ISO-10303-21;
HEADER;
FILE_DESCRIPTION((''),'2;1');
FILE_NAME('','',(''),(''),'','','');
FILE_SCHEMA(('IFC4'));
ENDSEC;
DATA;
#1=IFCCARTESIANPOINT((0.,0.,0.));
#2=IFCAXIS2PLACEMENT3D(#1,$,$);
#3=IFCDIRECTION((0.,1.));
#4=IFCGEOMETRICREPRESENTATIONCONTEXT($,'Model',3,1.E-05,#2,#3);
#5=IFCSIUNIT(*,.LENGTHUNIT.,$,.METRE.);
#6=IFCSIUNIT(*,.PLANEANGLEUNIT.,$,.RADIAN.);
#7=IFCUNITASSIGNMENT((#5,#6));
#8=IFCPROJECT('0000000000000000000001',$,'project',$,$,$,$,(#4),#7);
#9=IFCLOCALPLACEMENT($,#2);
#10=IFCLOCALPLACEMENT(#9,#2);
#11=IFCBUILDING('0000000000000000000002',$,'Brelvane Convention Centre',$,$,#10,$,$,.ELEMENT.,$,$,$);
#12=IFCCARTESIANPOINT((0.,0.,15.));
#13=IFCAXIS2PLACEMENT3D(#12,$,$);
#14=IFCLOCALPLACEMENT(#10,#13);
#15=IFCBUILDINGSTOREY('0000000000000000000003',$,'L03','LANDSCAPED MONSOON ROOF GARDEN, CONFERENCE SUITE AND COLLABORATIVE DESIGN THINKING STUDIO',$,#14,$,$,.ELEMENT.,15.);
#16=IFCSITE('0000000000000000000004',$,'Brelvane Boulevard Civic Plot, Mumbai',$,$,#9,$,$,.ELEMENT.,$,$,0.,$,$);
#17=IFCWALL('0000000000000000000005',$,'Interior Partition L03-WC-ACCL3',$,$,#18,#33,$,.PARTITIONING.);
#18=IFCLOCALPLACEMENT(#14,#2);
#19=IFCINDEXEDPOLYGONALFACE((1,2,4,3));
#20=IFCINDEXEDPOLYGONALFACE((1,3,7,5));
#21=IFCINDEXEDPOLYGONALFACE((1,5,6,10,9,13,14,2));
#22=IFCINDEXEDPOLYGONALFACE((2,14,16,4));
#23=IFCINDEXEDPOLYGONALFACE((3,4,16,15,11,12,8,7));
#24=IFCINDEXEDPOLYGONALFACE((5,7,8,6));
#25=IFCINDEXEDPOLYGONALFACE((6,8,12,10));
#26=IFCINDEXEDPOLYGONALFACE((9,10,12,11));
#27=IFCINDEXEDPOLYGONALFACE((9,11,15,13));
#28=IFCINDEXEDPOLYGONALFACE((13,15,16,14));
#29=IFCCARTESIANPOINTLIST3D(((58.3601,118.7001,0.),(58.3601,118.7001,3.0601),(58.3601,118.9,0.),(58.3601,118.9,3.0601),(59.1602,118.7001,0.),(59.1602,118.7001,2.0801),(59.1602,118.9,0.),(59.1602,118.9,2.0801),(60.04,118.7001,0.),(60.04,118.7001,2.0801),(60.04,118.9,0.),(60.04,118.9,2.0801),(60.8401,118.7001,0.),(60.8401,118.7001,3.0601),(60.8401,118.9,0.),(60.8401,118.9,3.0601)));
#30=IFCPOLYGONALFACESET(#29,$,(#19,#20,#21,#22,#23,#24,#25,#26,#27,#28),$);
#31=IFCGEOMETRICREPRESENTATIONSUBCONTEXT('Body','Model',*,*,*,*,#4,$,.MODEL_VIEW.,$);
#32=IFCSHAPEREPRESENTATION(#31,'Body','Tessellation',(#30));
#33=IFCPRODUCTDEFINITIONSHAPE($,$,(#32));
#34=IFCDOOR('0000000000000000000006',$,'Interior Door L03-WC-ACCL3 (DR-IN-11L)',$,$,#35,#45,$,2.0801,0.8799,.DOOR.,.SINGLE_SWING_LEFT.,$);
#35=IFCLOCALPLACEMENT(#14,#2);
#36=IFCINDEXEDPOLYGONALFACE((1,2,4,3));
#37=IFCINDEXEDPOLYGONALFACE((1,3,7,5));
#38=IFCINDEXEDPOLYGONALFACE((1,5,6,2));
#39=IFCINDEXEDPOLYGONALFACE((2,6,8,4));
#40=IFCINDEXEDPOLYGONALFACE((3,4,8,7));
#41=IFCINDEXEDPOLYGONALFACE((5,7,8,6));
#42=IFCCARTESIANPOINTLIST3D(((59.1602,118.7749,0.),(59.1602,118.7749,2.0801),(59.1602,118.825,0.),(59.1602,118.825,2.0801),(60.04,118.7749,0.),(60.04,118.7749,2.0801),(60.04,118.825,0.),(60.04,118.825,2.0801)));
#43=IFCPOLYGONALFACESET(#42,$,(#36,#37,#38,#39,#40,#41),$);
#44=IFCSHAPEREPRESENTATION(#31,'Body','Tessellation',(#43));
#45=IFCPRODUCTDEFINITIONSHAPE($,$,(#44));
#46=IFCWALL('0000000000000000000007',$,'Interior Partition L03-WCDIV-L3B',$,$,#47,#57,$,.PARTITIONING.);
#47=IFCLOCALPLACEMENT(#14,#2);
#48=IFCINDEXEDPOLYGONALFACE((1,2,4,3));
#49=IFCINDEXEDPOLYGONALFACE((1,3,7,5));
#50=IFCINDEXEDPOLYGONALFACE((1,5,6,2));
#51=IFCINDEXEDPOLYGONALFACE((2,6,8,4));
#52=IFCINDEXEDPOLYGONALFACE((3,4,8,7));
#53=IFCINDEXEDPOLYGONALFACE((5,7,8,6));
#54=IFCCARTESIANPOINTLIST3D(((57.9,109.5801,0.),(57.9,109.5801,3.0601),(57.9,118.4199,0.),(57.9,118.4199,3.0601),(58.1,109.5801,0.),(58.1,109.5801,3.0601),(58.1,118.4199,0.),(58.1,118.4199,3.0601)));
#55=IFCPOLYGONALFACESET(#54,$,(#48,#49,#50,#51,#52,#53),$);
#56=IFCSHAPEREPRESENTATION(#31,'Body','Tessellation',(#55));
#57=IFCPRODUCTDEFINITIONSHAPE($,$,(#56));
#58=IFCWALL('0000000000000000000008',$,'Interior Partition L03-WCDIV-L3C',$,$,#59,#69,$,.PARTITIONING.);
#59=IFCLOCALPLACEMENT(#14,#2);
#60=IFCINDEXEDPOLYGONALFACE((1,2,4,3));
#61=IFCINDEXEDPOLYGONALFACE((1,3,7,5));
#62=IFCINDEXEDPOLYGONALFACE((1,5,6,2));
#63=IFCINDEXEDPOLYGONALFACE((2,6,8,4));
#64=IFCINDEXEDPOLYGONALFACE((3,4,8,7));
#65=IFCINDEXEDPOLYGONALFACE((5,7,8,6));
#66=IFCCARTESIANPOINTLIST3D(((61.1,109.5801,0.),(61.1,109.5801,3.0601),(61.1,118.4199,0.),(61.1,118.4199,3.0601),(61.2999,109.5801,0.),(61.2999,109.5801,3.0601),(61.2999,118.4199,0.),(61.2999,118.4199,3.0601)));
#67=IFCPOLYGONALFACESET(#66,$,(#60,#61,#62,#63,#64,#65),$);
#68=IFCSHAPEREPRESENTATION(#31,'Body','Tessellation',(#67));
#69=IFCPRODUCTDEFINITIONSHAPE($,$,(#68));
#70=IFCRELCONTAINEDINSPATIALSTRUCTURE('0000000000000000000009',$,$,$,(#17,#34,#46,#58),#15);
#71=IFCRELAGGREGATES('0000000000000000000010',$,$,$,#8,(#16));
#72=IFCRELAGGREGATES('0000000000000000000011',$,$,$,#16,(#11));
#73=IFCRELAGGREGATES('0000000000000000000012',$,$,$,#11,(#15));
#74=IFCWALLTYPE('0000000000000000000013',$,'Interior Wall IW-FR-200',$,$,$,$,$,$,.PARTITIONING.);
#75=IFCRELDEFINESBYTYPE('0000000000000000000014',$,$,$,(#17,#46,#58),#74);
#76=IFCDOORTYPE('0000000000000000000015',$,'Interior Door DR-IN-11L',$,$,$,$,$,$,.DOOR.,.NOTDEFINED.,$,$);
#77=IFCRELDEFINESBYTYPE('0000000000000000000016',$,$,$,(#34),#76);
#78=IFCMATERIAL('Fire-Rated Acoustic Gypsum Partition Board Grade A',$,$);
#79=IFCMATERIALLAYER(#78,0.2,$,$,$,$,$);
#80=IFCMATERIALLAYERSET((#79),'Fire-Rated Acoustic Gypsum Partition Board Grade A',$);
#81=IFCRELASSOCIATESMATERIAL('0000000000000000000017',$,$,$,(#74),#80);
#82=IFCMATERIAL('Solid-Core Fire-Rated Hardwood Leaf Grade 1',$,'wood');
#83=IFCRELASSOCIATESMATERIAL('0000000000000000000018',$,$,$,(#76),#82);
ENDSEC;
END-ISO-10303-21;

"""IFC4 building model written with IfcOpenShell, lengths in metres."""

from ifc_helpers import new_model, si_unit, direction, frame, frame_2d, origin, place, context, subcontext, project, spatial, rectangle, extrude, material, layer, layer_set, type_object, element, fill, save


model = new_model("IFC4")

# Units and contexts
model_context = context("Model", 3, precision=1e-05, world=origin(), true_north=direction((0.0, 1.0)))
body_context = subcontext(model_context, "Body", "Model", "MODEL_VIEW")
ifc_project = project(units=[si_unit("LENGTHUNIT", "METRE"), si_unit("PLANEANGLEUNIT", "RADIAN")], contexts=[model_context])

# Site, building, storey
site_placement = place(None, origin())
site = spatial("IfcSite", under=ifc_project, at=site_placement, Name="Brelvane Boulevard Civic Plot, Mumbai", CompositionType="ELEMENT", RefElevation=0.0)
building_placement = place(site_placement, origin())
building = spatial("IfcBuilding", under=site, at=building_placement, Name="Brelvane Convention Centre", CompositionType="ELEMENT")
storey_placement = place(building_placement, frame((0.0, 0.0, 15.0)))
storey = spatial("IfcBuildingStorey", under=building, at=storey_placement, Name="L03", Description="LANDSCAPED MONSOON ROOF GARDEN, CONFERENCE SUITE AND COLLABORATIVE DESIGN THINKING STUDIO", CompositionType="ELEMENT", Elevation=15.0)

# Wall, opening, door
ifc_material_1 = material(Name="Fire-Rated Acoustic Gypsum Partition Board Grade A")
ifc_layer_1 = layer(ifc_material_1, 0.2)
ifc_layer_set_1 = layer_set([ifc_layer_1], Name="Fire-Rated Acoustic Gypsum Partition Board Grade A")
wall_type_1 = type_object("IfcWallType", Name="Interior Wall IW-FR-200", PredefinedType="PARTITIONING", material=ifc_layer_set_1)
wall_1_placement = place(storey_placement, frame((58.3601, 118.8, 0.0), z_axis=(0.0, 0.0, 1.0), x_axis=(1.0, 0.0, 0.0)))
wall_1 = element("IfcWall", 1, at=wall_1_placement, inside=storey, type_object=wall_type_1, Name="Interior Partition L03-WC-ACCL3", PredefinedType="PARTITIONING", context=body_context, shape_type="SweptSolid", body=[
    extrude(rectangle(XDim=2.48, YDim=0.2, at=frame_2d((1.24, 0.0))), origin(), (0.0, 0.0, 1.0), 3.0601),
])
opening_1_placement = place(wall_1_placement, frame((0.8, 0.0, 0.0)))
opening_1 = element("IfcOpeningElement", 2, at=opening_1_placement, cuts=wall_1, PredefinedType="OPENING", context=body_context, shape_type="SweptSolid", body=[
    extrude(rectangle(XDim=0.8799, YDim=2.0801, at=frame_2d((0.4399, 1.04))), frame((0.0, 0.1099, 0.0), z_axis=(0.0, -1.0, 0.0), x_axis=(1.0, 0.0, 0.0)), (0.0, 0.0, 1.0), 0.22),
])
ifc_material_2 = material(Name="Solid-Core Fire-Rated Hardwood Leaf Grade 1", Category="wood")
door_type_1 = type_object("IfcDoorType", Name="Interior Door DR-IN-11L", OperationType="NOTDEFINED", PredefinedType="DOOR", material=ifc_material_2)
door_1_placement = place(opening_1_placement, origin())
door_1 = element("IfcDoor", 3, at=door_1_placement, inside=storey, type_object=door_type_1, Name="Interior Door L03-WC-ACCL3 (DR-IN-11L)", OperationType="SINGLE_SWING_LEFT", OverallHeight=2.0801, OverallWidth=0.8799, PredefinedType="DOOR", context=body_context, shape_type="SweptSolid", body=[
    extrude(rectangle(XDim=0.8799, YDim=2.0801, at=frame_2d((0.4399, 1.04))), frame((0.0, 0.0249, 0.0), z_axis=(0.0, -1.0, 0.0), x_axis=(1.0, 0.0, 0.0)), (0.0, 0.0, 1.0), 0.05),
])
fill(opening_1, door_1)

# Walls
for number, where, z_axis, x_axis, name in (
    (4, (58.0, 109.5801, 0.0), (0.0, 0.0, 1.0), (0.0, 1.0, 0.0), "Interior Partition L03-WCDIV-L3B"),
    (5, (61.2, 109.5801, 0.0), (0.0, 0.0, 1.0), (0.0, 1.0, 0.0), "Interior Partition L03-WCDIV-L3C"),
):
    element("IfcWall", number, at=place(storey_placement, frame(where, z_axis=z_axis, x_axis=x_axis)), inside=storey, type_object=wall_type_1, Name=name, PredefinedType="PARTITIONING", context=body_context, shape_type="SweptSolid", body=[
        extrude(rectangle(XDim=8.8398, YDim=0.2, at=frame_2d((4.4199, 0.0))), origin(), (0.0, 0.0, 1.0), 3.0601),
    ])

save(model, "model.ifc")
